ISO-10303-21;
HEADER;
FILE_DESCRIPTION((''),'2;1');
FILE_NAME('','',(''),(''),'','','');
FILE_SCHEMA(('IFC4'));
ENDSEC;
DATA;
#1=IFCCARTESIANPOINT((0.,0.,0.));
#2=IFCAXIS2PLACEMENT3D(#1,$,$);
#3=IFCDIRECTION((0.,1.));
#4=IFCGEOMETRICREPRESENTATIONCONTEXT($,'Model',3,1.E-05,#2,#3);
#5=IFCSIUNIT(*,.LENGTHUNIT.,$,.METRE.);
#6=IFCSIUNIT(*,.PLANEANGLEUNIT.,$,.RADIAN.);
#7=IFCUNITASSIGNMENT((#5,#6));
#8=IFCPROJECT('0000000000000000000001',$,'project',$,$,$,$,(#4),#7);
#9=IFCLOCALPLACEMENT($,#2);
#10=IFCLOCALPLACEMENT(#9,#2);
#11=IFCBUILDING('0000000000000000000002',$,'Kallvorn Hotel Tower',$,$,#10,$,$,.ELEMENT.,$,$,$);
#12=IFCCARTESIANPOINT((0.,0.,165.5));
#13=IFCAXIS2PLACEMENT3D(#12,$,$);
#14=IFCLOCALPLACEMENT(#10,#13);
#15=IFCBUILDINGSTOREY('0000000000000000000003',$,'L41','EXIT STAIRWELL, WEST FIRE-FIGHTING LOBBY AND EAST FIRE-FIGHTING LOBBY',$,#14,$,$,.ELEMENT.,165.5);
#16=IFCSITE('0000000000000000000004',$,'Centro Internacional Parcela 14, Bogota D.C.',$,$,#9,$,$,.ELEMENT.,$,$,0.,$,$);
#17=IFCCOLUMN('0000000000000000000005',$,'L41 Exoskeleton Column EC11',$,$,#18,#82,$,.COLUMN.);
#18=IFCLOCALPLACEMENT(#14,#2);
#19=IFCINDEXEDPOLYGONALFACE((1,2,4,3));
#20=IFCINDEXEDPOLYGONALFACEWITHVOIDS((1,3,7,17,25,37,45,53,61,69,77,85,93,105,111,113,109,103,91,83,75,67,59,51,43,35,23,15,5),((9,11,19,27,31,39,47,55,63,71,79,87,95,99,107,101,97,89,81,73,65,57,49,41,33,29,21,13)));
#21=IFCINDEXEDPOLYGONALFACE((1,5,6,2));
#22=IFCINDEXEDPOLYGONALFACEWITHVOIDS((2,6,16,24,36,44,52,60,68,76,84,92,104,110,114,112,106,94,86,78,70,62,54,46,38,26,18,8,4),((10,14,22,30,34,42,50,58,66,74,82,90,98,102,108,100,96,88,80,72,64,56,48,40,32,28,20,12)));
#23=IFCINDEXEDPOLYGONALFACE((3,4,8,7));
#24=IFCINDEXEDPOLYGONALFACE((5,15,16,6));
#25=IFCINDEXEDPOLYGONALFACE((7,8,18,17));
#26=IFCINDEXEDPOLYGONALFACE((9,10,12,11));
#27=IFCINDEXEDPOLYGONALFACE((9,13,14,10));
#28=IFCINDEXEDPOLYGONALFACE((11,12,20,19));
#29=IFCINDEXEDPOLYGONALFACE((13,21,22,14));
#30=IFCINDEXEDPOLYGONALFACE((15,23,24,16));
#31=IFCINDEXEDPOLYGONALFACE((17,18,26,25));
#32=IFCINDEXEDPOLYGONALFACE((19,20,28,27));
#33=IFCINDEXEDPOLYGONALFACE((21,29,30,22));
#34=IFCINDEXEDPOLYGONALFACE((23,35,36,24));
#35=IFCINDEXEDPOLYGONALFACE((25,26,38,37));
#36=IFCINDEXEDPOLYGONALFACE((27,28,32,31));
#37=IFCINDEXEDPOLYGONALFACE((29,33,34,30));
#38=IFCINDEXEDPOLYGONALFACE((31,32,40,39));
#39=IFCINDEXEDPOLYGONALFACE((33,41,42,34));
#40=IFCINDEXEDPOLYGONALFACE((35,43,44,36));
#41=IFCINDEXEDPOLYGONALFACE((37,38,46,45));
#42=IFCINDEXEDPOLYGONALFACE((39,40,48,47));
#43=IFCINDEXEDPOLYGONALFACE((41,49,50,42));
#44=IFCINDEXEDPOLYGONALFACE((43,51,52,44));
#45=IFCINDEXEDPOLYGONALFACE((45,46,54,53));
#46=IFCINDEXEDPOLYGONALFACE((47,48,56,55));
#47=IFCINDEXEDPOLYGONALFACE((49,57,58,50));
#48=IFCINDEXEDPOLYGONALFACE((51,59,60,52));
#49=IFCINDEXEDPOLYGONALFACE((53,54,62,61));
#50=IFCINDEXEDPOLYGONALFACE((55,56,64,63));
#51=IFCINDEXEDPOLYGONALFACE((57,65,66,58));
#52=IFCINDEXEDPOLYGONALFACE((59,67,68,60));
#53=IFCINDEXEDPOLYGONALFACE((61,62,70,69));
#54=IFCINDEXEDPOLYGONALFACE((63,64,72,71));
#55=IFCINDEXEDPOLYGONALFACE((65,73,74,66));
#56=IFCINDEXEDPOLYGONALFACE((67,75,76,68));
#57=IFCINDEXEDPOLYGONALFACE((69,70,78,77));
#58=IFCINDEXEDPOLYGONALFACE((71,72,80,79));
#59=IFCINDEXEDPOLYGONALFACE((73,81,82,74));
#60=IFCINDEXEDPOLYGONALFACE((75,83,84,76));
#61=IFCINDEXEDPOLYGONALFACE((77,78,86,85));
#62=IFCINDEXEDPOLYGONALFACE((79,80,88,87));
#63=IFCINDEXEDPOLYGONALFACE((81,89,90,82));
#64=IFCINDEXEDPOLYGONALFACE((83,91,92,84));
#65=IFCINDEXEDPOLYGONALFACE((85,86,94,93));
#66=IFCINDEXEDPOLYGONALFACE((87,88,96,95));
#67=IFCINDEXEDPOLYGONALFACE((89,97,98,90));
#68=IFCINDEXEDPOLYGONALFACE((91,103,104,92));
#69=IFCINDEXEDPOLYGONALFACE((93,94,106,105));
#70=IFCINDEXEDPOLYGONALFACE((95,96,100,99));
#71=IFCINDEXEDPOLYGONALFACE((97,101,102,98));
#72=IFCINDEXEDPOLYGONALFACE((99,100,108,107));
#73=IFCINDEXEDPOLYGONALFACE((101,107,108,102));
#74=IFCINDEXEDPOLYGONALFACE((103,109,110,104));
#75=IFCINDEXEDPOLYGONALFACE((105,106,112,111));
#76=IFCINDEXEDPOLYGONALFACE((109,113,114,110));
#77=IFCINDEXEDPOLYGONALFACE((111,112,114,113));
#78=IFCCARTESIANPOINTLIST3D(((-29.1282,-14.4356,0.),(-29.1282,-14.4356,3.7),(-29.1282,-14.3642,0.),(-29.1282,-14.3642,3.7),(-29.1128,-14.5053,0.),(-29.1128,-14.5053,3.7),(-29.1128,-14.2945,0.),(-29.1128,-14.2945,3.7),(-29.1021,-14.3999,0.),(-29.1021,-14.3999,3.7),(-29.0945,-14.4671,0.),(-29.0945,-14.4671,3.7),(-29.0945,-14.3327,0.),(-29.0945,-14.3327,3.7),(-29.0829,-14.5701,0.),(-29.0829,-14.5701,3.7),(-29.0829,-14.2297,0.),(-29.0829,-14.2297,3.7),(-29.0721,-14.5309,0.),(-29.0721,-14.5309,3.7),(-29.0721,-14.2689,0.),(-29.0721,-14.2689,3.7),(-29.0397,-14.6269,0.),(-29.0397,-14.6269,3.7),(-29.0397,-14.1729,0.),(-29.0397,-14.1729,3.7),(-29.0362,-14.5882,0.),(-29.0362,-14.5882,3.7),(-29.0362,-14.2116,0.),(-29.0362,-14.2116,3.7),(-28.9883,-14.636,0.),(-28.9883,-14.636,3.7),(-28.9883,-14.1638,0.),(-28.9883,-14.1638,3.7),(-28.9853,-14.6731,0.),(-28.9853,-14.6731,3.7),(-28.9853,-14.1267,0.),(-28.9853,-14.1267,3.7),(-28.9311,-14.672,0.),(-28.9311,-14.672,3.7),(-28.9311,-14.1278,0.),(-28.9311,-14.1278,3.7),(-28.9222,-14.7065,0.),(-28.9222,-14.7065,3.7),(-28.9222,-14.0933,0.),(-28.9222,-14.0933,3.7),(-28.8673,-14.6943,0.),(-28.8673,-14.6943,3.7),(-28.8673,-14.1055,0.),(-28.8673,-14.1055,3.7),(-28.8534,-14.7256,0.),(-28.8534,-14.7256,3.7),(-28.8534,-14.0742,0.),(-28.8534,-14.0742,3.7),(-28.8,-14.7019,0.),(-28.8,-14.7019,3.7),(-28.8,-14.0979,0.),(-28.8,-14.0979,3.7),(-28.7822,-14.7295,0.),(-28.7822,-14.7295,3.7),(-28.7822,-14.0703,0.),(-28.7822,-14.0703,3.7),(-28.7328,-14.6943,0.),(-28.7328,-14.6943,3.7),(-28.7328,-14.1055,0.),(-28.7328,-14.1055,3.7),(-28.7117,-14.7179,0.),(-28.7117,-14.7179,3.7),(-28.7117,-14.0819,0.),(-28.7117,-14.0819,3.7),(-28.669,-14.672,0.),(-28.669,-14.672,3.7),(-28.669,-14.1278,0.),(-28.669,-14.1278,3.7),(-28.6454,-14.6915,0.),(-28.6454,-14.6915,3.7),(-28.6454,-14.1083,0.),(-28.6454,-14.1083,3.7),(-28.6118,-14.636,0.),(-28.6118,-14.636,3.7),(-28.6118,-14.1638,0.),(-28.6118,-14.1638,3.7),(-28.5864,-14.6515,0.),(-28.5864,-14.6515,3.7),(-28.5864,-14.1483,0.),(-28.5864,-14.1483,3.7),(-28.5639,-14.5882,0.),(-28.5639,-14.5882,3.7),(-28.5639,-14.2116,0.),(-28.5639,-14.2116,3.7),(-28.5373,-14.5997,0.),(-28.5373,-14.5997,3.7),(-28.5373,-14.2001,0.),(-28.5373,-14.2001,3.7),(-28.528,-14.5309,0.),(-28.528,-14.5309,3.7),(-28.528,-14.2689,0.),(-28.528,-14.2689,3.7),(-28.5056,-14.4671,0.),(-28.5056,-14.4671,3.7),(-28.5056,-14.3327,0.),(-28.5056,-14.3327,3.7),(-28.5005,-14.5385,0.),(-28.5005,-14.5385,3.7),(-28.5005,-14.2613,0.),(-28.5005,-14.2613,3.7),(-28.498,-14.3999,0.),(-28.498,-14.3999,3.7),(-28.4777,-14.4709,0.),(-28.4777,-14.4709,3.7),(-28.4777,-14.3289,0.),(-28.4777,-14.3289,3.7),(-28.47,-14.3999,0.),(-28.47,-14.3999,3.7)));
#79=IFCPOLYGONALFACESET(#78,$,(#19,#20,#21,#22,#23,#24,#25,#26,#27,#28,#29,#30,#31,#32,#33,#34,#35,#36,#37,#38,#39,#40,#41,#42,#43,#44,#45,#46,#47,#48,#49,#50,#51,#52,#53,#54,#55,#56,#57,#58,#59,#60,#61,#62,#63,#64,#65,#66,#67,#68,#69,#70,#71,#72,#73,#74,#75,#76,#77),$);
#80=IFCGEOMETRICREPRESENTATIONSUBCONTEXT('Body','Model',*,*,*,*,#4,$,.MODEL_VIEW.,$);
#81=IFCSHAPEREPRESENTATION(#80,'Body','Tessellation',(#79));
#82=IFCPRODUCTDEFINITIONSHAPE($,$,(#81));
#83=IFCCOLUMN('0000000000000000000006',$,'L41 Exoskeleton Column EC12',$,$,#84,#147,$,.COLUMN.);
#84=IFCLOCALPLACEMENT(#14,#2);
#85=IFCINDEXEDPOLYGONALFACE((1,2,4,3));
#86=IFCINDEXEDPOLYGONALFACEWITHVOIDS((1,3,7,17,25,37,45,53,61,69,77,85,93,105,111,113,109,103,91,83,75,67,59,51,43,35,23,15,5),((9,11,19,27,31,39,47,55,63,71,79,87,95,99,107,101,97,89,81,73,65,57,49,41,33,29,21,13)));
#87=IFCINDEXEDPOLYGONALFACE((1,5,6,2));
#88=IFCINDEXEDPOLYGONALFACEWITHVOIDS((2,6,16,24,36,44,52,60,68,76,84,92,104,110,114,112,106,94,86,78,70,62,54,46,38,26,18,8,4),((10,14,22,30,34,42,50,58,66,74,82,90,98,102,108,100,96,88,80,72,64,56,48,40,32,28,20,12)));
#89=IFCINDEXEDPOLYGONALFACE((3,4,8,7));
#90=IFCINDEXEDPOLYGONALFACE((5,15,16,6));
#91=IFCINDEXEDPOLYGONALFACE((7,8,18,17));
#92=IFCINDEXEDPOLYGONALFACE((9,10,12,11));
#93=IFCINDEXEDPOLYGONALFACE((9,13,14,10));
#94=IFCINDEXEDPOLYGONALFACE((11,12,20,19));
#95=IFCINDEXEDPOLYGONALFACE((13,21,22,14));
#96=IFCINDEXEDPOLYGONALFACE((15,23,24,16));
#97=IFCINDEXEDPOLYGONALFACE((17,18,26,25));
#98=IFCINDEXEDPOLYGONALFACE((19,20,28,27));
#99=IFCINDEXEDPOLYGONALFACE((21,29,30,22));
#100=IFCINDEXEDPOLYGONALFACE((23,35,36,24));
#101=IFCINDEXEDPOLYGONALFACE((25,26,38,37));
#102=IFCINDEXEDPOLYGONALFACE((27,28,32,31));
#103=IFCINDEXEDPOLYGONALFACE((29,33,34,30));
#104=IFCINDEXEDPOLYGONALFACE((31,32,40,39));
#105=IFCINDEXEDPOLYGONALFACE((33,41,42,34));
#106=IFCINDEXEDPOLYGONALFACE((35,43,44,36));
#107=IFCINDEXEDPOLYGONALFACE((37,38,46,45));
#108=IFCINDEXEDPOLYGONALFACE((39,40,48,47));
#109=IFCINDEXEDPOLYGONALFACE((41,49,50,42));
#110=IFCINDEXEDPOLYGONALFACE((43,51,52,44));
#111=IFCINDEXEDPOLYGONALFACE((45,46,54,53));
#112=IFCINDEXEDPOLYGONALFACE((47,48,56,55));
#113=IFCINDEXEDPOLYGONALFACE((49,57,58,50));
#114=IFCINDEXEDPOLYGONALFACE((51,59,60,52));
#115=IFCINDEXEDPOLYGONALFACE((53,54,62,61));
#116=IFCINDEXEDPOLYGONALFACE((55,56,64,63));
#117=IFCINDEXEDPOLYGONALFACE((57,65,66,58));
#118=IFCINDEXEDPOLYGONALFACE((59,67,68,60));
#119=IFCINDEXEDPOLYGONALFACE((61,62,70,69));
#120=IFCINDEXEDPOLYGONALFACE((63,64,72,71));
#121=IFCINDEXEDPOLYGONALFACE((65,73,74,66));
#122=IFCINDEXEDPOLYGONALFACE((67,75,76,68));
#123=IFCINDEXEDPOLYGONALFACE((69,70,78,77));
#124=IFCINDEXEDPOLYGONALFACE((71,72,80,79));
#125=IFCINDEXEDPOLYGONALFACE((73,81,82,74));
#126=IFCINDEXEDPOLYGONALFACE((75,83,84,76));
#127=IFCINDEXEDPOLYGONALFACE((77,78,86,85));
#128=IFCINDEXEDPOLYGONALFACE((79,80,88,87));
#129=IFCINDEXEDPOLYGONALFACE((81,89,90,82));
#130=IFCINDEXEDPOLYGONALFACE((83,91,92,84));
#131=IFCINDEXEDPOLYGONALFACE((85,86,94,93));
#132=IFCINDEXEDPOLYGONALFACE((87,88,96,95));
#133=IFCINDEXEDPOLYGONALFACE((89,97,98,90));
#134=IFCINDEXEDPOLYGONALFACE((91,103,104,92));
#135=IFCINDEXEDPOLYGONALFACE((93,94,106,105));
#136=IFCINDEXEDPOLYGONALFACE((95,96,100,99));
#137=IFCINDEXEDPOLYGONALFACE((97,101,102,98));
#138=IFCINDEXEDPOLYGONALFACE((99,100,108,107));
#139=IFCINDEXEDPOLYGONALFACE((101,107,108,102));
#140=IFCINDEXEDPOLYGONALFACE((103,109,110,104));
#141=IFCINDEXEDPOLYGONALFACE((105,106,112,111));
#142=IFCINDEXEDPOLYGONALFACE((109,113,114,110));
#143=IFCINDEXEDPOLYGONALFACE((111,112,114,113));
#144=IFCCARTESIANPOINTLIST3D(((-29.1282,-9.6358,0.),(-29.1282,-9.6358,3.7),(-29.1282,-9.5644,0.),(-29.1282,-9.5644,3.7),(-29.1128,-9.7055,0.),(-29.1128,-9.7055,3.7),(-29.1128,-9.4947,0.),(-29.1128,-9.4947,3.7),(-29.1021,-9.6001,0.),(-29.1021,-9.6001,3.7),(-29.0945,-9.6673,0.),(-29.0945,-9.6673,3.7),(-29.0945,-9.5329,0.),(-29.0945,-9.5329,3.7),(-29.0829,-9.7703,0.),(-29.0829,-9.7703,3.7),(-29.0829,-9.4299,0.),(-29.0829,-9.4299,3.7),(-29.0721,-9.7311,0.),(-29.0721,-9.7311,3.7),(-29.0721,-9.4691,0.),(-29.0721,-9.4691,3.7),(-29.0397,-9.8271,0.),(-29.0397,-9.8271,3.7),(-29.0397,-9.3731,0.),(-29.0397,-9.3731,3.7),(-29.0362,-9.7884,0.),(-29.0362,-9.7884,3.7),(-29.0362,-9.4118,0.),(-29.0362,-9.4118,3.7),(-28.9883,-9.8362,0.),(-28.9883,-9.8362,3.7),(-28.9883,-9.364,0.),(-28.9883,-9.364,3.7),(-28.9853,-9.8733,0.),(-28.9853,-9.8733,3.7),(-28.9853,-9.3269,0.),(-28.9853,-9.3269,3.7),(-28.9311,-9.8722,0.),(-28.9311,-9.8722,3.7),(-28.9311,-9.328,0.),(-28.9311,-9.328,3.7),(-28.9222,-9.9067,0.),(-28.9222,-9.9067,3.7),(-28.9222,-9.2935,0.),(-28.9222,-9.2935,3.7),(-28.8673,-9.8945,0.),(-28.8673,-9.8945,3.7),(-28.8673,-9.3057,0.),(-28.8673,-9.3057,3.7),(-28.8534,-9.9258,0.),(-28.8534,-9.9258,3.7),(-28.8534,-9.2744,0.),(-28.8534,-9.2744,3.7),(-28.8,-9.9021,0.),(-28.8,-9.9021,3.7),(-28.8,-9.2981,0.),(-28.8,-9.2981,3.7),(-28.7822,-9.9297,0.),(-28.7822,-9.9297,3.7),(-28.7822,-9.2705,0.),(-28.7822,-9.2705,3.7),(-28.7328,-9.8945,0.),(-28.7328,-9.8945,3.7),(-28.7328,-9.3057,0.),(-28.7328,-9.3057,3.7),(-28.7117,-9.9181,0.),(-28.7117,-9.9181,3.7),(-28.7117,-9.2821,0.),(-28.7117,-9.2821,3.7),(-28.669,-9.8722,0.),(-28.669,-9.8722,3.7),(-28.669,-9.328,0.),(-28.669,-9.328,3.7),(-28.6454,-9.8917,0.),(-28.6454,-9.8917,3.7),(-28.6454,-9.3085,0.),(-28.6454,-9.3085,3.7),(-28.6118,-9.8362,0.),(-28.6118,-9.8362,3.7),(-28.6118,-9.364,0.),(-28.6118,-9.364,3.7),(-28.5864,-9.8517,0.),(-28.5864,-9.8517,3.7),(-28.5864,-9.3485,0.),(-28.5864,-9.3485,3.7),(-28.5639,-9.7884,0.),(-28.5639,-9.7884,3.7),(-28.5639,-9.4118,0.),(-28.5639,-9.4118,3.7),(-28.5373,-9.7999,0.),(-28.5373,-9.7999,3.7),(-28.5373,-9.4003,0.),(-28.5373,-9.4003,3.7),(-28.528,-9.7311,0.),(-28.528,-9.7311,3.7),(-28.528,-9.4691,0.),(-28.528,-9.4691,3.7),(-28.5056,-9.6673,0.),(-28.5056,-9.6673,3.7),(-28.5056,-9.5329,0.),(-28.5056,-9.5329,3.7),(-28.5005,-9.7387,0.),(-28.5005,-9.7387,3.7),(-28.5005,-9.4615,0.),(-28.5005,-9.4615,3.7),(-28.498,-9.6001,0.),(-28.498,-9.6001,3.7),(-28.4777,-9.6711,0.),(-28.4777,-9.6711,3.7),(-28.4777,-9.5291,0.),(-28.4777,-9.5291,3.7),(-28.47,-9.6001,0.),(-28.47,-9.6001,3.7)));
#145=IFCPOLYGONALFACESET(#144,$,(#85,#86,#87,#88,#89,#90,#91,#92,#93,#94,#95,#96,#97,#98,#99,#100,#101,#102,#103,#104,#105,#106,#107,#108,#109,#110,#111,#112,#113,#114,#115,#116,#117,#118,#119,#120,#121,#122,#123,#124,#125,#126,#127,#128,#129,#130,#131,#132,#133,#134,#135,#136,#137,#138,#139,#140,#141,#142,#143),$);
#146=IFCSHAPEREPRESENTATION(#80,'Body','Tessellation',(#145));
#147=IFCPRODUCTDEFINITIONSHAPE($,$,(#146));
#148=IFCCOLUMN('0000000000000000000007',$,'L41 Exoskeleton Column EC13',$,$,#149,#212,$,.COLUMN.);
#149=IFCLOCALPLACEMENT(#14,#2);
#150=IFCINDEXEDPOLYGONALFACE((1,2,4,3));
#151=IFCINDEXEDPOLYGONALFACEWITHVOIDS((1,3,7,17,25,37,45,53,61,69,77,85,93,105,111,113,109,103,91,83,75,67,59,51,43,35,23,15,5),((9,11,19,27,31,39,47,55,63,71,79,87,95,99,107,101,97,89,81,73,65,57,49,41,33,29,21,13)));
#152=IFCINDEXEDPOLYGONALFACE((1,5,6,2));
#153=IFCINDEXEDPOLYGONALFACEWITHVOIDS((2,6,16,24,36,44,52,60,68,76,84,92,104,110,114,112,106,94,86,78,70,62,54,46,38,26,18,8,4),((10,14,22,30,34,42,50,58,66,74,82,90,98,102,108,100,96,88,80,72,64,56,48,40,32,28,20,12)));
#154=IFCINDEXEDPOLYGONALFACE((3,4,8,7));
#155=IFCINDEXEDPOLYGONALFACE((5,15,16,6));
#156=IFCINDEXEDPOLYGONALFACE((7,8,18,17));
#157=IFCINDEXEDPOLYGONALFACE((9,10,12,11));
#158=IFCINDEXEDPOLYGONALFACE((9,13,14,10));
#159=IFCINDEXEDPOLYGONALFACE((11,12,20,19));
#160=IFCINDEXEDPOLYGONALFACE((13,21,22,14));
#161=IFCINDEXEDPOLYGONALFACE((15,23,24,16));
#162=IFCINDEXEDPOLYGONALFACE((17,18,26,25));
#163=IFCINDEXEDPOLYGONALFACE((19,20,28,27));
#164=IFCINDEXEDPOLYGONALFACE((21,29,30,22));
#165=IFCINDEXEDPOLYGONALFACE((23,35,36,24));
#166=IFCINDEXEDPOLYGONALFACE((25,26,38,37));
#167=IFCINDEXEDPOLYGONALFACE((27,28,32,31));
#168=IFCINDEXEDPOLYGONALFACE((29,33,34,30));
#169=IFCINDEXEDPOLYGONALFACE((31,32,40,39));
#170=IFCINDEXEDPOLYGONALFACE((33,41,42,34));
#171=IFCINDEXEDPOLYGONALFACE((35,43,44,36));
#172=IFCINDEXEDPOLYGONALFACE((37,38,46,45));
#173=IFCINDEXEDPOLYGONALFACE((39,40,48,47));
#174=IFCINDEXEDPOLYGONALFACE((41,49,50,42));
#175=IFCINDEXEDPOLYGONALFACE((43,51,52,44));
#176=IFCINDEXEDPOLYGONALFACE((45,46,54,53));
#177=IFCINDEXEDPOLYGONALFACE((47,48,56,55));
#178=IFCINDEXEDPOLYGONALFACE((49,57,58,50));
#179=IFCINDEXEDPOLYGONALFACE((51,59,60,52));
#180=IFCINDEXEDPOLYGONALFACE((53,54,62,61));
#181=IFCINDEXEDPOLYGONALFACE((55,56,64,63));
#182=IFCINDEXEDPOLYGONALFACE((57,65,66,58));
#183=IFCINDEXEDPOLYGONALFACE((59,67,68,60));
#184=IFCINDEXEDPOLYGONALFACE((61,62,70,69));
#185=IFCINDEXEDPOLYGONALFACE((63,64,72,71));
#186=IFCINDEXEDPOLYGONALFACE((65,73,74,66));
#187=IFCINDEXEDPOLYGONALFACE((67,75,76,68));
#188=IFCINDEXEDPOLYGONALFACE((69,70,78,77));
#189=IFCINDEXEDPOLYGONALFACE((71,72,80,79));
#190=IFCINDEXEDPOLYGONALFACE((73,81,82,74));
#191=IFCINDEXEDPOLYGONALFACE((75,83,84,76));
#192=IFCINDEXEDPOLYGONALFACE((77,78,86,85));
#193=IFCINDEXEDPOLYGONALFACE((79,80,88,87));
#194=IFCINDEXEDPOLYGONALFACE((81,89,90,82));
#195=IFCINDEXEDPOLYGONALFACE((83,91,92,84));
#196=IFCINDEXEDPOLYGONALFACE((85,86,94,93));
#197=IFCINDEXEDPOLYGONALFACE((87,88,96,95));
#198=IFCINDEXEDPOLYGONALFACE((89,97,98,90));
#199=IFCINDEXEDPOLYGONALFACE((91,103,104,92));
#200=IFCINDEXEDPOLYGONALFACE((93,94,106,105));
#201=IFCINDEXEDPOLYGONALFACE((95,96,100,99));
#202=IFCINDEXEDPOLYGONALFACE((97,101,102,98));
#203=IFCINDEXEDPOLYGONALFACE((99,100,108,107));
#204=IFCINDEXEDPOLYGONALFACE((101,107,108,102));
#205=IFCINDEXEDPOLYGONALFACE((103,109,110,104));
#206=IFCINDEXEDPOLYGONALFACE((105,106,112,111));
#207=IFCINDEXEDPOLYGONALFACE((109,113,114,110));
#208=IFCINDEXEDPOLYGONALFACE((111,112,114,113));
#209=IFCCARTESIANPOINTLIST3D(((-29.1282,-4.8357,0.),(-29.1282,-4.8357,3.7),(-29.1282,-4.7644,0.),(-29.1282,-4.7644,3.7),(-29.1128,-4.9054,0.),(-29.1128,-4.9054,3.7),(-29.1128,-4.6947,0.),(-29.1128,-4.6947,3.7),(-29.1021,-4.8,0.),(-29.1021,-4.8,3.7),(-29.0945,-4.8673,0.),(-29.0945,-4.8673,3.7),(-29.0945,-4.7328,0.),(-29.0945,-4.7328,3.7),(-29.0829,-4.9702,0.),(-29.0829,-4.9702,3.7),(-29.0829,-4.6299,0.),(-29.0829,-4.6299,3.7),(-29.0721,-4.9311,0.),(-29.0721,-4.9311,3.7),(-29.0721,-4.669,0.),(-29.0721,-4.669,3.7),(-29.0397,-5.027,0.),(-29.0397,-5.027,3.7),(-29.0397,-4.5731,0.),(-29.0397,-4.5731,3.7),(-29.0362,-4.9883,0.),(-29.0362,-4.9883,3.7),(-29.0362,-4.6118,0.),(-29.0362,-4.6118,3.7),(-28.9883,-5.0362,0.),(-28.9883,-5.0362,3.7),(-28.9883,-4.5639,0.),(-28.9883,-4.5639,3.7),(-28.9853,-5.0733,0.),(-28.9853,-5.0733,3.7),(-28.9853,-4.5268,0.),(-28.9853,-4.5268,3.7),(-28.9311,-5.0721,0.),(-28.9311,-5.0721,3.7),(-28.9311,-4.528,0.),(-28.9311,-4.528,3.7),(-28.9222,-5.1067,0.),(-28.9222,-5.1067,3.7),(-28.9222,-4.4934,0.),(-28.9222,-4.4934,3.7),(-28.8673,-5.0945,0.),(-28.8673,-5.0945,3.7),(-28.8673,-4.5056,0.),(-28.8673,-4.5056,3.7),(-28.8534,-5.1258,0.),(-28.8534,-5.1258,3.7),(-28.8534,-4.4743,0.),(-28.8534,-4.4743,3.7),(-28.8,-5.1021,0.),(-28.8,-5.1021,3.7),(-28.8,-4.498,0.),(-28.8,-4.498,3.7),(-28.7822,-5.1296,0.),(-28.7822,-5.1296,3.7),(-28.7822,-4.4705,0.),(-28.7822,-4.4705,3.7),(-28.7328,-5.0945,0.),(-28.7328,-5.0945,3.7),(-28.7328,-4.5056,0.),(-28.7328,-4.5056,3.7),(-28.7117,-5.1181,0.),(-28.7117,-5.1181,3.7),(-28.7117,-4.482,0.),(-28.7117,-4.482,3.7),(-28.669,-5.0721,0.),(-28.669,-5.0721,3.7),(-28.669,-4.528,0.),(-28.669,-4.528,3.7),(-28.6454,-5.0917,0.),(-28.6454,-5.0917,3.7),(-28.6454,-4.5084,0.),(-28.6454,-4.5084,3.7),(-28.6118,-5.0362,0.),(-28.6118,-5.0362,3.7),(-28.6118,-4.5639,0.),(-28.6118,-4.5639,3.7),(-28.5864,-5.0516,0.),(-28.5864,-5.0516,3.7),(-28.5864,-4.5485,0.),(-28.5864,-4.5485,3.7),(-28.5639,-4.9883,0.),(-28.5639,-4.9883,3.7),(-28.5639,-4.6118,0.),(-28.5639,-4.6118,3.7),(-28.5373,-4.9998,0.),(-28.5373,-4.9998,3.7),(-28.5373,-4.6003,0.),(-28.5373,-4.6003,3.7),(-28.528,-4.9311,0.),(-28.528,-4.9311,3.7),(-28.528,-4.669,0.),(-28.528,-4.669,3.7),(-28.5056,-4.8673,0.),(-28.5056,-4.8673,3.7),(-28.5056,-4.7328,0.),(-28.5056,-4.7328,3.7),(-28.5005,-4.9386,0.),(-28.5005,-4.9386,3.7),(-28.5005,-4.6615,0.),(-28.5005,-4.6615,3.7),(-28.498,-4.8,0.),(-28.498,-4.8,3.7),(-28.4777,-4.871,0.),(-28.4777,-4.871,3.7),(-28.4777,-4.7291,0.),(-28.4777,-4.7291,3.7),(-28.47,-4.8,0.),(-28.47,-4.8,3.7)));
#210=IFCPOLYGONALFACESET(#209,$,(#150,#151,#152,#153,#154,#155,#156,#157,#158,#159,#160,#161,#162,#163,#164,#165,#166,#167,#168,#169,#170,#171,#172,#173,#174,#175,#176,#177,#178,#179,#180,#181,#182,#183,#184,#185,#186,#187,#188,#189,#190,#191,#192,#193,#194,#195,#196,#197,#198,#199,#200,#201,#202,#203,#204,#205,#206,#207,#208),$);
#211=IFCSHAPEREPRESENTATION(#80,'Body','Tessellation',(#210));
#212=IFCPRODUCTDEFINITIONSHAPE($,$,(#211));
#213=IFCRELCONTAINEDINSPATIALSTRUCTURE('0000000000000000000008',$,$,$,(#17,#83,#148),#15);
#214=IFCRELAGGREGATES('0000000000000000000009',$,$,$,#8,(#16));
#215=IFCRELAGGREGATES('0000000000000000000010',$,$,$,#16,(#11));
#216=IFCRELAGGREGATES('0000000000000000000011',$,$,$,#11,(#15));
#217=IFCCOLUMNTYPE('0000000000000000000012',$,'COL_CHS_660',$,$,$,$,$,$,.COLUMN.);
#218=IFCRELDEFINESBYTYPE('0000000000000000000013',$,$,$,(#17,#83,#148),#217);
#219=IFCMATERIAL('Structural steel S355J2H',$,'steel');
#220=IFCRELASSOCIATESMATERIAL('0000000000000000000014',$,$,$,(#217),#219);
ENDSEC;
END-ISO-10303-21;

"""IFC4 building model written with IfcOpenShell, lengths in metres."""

from ifc_helpers import new_model, si_unit, direction, frame, origin, origin_2d, place, context, subcontext, project, spatial, hollow_circle, extrude, material, material_profile, profile_set, type_object, element, save


model = new_model("IFC4")

# Units and contexts
model_context = context("Model", 3, precision=1e-05, world=origin(), true_north=direction((0.0, 1.0)))
body_context = subcontext(model_context, "Body", "Model", "MODEL_VIEW")
ifc_project = project(units=[si_unit("LENGTHUNIT", "METRE"), si_unit("PLANEANGLEUNIT", "RADIAN")], contexts=[model_context])

# Site, building, storey
site_placement = place(None, origin())
site = spatial("IfcSite", under=ifc_project, at=site_placement, Name="Centro Internacional Parcela 14, Bogota D.C.", CompositionType="ELEMENT", RefElevation=0.0)
building_placement = place(site_placement, origin())
building = spatial("IfcBuilding", under=site, at=building_placement, Name="Kallvorn Hotel Tower", CompositionType="ELEMENT")
storey_placement = place(building_placement, frame((0.0, 0.0, 165.5)))
storey = spatial("IfcBuildingStorey", under=building, at=storey_placement, Name="L41", Description="EXIT STAIRWELL, WEST FIRE-FIGHTING LOBBY AND EAST FIRE-FIGHTING LOBBY", CompositionType="ELEMENT", Elevation=165.5)

# Columns
ifc_material_1 = material(Name="Structural steel S355J2H", Category="steel")
ifc_material_profile_1 = material_profile(ifc_material_1, hollow_circle(Radius=0.3301, WallThickness=0.0281, at=origin_2d()), Name="CHS 660x28")
ifc_profile_set_1 = profile_set([ifc_material_profile_1], Name="Structural steel S355J2H")
column_type_1 = type_object("IfcColumnType", Name="COL_CHS_660", PredefinedType="COLUMN", material=ifc_profile_set_1)
for number, where, z_axis, x_axis, name in (
    (1, (-28.8, -14.3999, 0.0), (0.0, 0.0, 1.0), (1.0, 0.0, 0.0), "L41 Exoskeleton Column EC11"),
    (2, (-28.8, -9.6001, 0.0), (0.0, 0.0, 1.0), (1.0, 0.0, 0.0), "L41 Exoskeleton Column EC12"),
    (3, (-28.8, -4.8, 0.0), (0.0, 0.0, 1.0), (1.0, 0.0, 0.0), "L41 Exoskeleton Column EC13"),
):
    element("IfcColumn", number, at=place(storey_placement, frame(where, z_axis=z_axis, x_axis=x_axis)), inside=storey, type_object=column_type_1, Name=name, PredefinedType="COLUMN", context=body_context, shape_type="SweptSolid", body=[
        extrude(hollow_circle(Radius=0.3301, WallThickness=0.0281, at=origin_2d()), origin(), (0.0, 0.0, 1.0), 3.7),
    ])

save(model, "model.ifc")
